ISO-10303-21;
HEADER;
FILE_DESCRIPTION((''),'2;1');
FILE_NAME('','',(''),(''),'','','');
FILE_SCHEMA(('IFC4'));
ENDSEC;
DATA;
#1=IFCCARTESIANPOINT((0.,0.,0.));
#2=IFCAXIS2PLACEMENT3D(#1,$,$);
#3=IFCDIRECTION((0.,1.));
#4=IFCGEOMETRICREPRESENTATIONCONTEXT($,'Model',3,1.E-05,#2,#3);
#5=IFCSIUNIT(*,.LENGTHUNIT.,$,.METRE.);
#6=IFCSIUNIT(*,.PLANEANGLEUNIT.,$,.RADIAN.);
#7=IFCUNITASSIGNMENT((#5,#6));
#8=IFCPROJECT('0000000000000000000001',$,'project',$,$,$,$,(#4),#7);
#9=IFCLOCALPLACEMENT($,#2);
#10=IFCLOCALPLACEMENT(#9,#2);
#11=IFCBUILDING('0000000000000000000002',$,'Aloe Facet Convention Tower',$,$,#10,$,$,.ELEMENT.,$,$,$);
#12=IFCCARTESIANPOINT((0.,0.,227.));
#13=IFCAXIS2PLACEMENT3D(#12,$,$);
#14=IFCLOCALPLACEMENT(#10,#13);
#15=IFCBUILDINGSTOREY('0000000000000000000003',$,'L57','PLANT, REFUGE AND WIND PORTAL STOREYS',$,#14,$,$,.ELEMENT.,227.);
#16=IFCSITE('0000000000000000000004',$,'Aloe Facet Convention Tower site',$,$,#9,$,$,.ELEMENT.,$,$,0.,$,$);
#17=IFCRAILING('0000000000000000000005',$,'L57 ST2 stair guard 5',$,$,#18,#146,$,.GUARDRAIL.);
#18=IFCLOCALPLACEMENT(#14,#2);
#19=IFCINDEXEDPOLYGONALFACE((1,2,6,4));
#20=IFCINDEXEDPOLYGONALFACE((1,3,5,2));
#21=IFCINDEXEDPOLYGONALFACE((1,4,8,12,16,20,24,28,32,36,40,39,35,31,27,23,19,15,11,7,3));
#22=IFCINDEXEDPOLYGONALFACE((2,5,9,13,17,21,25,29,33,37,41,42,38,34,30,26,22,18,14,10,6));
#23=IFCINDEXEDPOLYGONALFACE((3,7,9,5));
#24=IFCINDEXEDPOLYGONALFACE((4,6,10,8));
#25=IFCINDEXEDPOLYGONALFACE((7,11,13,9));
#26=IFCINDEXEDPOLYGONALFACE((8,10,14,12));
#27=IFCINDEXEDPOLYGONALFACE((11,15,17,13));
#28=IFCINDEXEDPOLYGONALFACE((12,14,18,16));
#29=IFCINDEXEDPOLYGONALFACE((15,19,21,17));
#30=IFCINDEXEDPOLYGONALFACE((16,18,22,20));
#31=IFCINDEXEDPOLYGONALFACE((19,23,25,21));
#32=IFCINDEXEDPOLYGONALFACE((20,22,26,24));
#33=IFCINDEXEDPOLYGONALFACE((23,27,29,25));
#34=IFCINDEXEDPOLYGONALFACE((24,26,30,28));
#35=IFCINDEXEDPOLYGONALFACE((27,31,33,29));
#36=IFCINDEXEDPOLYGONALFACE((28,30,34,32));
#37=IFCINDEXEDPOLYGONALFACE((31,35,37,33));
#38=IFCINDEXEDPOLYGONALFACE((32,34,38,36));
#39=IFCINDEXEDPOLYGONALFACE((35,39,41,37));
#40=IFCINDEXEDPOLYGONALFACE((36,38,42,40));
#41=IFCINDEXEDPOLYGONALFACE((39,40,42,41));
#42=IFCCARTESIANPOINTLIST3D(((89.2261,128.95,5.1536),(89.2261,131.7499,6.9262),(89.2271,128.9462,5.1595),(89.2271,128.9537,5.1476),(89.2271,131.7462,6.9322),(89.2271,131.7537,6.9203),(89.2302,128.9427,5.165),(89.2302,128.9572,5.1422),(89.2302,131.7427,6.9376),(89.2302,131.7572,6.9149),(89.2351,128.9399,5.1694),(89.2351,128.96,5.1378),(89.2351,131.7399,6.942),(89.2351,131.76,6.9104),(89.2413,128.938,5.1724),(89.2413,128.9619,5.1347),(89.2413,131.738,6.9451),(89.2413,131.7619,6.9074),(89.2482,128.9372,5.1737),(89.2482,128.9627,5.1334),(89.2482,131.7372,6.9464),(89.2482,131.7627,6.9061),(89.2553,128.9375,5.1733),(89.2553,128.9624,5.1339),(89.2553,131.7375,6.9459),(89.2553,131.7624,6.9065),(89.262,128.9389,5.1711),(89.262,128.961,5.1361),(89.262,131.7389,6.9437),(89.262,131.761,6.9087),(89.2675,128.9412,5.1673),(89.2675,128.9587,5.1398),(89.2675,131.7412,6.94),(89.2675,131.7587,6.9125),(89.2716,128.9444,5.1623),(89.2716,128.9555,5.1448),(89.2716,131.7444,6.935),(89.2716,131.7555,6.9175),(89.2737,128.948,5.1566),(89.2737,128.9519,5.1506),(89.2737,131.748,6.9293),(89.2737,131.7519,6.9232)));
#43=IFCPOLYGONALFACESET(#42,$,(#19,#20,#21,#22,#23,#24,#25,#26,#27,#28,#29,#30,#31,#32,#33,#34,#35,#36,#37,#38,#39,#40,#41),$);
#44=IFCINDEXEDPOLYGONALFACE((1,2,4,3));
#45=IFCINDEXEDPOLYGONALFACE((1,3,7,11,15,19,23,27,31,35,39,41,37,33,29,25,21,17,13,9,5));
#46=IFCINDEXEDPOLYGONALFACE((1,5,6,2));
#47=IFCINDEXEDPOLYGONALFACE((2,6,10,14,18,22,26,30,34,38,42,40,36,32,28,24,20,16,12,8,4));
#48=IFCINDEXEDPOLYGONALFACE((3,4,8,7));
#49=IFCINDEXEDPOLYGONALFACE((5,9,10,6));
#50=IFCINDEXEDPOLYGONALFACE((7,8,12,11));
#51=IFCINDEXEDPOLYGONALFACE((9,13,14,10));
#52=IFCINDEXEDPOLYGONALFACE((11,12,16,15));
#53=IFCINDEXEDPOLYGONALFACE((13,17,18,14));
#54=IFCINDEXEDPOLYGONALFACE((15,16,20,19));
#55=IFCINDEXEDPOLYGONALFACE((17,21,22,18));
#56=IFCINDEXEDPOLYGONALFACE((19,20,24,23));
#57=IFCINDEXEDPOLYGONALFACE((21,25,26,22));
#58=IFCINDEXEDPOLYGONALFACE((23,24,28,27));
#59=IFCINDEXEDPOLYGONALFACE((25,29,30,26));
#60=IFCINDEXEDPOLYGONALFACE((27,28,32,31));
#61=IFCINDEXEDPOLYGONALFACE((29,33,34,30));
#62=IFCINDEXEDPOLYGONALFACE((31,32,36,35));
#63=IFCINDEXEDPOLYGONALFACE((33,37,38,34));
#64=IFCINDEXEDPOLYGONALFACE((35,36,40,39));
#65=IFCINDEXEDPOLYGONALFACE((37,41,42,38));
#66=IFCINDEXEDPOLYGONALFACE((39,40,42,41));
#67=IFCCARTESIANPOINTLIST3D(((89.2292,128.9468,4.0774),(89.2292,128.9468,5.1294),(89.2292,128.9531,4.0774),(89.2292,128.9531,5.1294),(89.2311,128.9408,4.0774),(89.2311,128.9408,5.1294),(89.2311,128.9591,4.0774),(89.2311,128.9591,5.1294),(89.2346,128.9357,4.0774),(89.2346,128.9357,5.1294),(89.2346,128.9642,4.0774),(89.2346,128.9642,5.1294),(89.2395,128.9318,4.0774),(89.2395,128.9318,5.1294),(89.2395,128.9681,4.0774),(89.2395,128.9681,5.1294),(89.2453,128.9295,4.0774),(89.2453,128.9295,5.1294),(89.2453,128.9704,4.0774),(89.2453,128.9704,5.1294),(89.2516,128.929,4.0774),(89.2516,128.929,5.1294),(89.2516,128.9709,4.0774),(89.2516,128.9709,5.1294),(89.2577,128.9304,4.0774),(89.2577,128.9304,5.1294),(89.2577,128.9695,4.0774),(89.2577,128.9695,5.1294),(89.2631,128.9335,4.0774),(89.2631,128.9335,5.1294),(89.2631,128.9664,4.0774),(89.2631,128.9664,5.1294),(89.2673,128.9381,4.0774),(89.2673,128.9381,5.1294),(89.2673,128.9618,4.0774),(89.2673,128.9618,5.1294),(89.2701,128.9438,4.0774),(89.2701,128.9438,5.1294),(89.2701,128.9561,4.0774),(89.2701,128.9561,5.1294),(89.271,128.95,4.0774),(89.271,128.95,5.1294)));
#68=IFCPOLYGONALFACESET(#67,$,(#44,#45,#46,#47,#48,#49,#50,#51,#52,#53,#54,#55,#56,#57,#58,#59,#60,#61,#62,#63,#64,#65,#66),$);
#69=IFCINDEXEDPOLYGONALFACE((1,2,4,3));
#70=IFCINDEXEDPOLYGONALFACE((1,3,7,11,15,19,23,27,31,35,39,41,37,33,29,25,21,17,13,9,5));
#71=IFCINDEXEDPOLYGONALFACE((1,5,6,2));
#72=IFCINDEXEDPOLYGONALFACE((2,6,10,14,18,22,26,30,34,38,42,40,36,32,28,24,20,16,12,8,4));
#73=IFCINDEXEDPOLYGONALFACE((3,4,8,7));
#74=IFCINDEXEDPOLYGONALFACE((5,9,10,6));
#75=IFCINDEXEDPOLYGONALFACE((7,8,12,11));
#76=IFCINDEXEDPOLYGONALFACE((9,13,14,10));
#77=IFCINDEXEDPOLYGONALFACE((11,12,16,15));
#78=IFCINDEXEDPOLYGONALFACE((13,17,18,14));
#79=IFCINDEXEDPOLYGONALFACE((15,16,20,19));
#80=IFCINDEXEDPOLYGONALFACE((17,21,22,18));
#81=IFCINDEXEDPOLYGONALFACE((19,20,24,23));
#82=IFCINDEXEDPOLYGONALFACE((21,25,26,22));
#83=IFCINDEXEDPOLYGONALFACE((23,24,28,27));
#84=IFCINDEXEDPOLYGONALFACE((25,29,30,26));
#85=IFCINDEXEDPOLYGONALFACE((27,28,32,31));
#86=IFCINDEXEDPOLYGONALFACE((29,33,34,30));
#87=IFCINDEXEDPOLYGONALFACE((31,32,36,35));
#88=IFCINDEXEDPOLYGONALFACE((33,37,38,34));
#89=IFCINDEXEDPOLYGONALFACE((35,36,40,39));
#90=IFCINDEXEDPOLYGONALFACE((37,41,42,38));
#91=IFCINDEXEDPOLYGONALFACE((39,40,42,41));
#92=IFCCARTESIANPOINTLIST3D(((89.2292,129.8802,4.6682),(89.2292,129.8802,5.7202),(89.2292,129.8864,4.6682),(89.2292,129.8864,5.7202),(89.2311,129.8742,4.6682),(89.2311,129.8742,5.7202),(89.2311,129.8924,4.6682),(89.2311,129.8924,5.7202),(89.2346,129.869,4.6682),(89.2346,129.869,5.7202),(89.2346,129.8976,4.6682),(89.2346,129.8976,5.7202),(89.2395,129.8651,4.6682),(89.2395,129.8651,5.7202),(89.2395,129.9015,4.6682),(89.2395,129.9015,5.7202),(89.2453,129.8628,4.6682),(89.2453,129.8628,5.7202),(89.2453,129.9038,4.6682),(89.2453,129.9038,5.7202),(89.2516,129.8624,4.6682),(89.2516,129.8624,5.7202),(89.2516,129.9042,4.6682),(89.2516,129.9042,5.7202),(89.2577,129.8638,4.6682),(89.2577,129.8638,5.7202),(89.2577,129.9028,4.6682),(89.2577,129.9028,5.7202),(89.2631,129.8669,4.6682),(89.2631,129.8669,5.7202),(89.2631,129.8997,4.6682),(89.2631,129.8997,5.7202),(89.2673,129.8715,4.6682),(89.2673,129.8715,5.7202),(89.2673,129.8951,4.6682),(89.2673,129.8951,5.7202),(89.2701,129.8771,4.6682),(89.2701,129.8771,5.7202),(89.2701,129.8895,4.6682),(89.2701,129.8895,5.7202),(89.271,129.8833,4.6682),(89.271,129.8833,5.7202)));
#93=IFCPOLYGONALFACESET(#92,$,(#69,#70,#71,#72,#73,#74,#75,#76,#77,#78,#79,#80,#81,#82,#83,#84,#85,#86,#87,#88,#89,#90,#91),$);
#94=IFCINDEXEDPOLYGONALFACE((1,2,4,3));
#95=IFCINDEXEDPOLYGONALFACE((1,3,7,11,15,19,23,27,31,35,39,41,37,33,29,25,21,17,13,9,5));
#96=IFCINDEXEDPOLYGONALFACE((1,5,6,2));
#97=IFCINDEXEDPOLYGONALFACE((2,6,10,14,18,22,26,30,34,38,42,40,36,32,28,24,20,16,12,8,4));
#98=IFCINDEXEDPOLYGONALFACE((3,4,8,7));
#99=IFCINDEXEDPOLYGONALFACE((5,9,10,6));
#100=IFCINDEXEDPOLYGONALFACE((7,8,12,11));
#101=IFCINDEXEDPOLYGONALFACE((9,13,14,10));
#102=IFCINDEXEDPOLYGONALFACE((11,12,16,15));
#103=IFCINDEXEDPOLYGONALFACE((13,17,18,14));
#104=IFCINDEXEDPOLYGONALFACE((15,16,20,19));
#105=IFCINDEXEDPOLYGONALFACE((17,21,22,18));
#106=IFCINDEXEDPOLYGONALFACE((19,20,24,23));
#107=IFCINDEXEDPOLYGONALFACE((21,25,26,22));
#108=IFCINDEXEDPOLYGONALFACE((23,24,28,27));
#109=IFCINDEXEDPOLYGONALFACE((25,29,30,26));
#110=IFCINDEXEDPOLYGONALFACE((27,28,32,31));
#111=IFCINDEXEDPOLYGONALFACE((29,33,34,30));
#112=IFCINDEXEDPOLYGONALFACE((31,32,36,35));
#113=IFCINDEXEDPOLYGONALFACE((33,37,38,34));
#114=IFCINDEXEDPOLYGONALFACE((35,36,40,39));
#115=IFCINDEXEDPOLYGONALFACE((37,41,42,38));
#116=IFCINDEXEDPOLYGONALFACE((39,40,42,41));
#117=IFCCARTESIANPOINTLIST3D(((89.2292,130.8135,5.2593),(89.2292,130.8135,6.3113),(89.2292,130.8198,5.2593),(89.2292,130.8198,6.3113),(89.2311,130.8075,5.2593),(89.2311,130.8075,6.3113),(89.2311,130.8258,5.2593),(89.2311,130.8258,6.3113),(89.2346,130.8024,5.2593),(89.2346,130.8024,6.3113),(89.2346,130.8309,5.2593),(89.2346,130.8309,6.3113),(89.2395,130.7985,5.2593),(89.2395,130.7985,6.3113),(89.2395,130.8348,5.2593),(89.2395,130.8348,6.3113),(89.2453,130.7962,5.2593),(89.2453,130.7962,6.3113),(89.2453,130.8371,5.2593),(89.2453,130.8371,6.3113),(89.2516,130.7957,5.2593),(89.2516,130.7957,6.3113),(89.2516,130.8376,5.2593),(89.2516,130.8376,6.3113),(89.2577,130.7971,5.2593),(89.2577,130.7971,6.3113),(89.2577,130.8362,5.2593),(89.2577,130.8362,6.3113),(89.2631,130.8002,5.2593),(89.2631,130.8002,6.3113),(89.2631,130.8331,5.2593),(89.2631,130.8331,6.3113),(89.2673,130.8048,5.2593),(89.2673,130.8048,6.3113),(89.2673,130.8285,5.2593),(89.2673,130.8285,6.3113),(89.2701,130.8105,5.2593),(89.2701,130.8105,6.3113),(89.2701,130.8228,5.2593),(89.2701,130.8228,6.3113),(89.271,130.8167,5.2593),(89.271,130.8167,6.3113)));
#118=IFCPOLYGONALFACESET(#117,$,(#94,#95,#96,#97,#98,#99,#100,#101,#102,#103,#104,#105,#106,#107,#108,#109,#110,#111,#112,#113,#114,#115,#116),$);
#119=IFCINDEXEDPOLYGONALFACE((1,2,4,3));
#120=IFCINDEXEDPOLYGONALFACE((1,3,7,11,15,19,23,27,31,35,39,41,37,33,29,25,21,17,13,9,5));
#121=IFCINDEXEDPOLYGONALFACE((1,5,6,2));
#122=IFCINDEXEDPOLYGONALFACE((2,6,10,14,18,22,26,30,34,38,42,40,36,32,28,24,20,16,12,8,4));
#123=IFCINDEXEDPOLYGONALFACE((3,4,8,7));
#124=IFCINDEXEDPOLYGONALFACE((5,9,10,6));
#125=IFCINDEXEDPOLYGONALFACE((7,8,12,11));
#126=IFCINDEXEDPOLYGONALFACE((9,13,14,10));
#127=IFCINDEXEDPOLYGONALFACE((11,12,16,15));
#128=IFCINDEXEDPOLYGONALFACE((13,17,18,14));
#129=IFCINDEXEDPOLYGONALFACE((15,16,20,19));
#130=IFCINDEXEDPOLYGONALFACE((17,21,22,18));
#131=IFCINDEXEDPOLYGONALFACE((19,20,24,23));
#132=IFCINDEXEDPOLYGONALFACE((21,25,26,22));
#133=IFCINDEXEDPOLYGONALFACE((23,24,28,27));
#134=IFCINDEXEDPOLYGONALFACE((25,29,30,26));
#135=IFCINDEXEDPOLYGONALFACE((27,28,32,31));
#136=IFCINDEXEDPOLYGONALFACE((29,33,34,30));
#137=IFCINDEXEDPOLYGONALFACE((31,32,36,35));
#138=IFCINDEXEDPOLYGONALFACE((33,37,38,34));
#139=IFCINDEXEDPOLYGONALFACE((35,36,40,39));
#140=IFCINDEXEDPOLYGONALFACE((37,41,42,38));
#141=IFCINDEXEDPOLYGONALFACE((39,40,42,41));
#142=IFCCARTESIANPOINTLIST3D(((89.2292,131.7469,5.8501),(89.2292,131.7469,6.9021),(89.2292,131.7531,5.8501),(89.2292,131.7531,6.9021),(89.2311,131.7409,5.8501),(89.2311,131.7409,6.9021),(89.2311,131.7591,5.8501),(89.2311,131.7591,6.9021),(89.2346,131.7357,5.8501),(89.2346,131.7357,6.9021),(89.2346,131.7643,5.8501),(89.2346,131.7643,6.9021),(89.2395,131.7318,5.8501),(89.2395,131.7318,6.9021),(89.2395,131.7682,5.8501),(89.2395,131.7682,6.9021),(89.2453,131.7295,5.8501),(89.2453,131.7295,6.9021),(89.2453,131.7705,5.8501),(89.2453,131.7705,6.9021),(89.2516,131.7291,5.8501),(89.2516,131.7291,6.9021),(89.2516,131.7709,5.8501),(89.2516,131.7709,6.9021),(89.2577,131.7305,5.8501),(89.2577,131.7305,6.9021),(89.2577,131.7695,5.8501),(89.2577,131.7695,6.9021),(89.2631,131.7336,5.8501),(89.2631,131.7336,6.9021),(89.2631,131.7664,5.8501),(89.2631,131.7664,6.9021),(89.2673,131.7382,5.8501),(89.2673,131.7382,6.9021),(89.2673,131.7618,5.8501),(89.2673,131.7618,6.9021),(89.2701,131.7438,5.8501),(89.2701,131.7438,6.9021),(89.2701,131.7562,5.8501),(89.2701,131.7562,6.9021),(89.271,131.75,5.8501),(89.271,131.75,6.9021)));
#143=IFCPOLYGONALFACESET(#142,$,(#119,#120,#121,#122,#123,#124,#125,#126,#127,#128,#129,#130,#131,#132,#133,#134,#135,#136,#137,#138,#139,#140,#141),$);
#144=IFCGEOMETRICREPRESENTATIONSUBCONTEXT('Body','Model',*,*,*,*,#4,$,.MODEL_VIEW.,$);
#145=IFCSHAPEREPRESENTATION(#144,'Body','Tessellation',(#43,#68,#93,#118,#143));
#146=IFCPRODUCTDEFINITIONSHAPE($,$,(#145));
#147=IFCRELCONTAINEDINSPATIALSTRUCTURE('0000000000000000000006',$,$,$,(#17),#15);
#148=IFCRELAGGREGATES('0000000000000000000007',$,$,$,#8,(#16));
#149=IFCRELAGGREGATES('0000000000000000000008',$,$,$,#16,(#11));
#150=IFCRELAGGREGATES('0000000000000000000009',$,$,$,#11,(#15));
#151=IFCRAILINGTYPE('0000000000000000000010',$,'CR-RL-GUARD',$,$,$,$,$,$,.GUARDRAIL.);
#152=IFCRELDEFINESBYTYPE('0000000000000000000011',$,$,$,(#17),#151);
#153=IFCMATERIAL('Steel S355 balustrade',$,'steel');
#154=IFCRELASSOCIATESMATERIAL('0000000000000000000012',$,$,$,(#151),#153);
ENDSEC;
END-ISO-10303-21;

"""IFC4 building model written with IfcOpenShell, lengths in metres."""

from ifc_helpers import new_model, si_unit, direction, frame, origin, origin_2d, place, context, subcontext, project, spatial, circle, extrude, material, type_object, element, save


model = new_model("IFC4")

# Units and contexts
model_context = context("Model", 3, precision=1e-05, world=origin(), true_north=direction((0.0, 1.0)))
body_context = subcontext(model_context, "Body", "Model", "MODEL_VIEW")
ifc_project = project(units=[si_unit("LENGTHUNIT", "METRE"), si_unit("PLANEANGLEUNIT", "RADIAN")], contexts=[model_context])

# Site, building, storey
site_placement = place(None, origin())
site = spatial("IfcSite", under=ifc_project, at=site_placement, Name="Aloe Facet Convention Tower site", CompositionType="ELEMENT", RefElevation=0.0)
building_placement = place(site_placement, origin())
building = spatial("IfcBuilding", under=site, at=building_placement, Name="Aloe Facet Convention Tower", CompositionType="ELEMENT")
storey_placement = place(building_placement, frame((0.0, 0.0, 227.0)))
storey = spatial("IfcBuildingStorey", under=building, at=storey_placement, Name="L57", Description="PLANT, REFUGE AND WIND PORTAL STOREYS", CompositionType="ELEMENT", Elevation=227.0)

# Railing
ifc_material_1 = material(Name="Steel S355 balustrade", Category="steel")
railing_type_1 = type_object("IfcRailingType", Name="CR-RL-GUARD", PredefinedType="GUARDRAIL", material=ifc_material_1)
railing_1_placement = place(storey_placement, frame((89.25, 128.95, 4.0774)))
element("IfcRailing", 1, at=railing_1_placement, inside=storey, type_object=railing_type_1, Name="L57 ST2 stair guard 5", PredefinedType="GUARDRAIL", context=body_context, shape_type="SweptSolid", body=[
    extrude(circle(Radius=0.0239, at=origin_2d()), frame((0.0, 0.0, 1.0762), z_axis=(0.0, 0.844909, 0.53491), x_axis=(-1.0, 0.0, 0.0)), (0.0, 0.0, 1.0), 3.314),
    extrude(circle(Radius=0.021, at=origin_2d()), origin(), (0.0, 0.0, 1.0), 1.052),
    extrude(circle(Radius=0.021, at=origin_2d()), frame((0.0, 0.9333, 0.5908)), (0.0, 0.0, 1.0), 1.052),
    extrude(circle(Radius=0.021, at=origin_2d()), frame((0.0, 1.8667, 1.1819)), (0.0, 0.0, 1.0), 1.052),
    extrude(circle(Radius=0.021, at=origin_2d()), frame((0.0, 2.8, 1.7727)), (0.0, 0.0, 1.0), 1.052),
])

save(model, "model.ifc")
